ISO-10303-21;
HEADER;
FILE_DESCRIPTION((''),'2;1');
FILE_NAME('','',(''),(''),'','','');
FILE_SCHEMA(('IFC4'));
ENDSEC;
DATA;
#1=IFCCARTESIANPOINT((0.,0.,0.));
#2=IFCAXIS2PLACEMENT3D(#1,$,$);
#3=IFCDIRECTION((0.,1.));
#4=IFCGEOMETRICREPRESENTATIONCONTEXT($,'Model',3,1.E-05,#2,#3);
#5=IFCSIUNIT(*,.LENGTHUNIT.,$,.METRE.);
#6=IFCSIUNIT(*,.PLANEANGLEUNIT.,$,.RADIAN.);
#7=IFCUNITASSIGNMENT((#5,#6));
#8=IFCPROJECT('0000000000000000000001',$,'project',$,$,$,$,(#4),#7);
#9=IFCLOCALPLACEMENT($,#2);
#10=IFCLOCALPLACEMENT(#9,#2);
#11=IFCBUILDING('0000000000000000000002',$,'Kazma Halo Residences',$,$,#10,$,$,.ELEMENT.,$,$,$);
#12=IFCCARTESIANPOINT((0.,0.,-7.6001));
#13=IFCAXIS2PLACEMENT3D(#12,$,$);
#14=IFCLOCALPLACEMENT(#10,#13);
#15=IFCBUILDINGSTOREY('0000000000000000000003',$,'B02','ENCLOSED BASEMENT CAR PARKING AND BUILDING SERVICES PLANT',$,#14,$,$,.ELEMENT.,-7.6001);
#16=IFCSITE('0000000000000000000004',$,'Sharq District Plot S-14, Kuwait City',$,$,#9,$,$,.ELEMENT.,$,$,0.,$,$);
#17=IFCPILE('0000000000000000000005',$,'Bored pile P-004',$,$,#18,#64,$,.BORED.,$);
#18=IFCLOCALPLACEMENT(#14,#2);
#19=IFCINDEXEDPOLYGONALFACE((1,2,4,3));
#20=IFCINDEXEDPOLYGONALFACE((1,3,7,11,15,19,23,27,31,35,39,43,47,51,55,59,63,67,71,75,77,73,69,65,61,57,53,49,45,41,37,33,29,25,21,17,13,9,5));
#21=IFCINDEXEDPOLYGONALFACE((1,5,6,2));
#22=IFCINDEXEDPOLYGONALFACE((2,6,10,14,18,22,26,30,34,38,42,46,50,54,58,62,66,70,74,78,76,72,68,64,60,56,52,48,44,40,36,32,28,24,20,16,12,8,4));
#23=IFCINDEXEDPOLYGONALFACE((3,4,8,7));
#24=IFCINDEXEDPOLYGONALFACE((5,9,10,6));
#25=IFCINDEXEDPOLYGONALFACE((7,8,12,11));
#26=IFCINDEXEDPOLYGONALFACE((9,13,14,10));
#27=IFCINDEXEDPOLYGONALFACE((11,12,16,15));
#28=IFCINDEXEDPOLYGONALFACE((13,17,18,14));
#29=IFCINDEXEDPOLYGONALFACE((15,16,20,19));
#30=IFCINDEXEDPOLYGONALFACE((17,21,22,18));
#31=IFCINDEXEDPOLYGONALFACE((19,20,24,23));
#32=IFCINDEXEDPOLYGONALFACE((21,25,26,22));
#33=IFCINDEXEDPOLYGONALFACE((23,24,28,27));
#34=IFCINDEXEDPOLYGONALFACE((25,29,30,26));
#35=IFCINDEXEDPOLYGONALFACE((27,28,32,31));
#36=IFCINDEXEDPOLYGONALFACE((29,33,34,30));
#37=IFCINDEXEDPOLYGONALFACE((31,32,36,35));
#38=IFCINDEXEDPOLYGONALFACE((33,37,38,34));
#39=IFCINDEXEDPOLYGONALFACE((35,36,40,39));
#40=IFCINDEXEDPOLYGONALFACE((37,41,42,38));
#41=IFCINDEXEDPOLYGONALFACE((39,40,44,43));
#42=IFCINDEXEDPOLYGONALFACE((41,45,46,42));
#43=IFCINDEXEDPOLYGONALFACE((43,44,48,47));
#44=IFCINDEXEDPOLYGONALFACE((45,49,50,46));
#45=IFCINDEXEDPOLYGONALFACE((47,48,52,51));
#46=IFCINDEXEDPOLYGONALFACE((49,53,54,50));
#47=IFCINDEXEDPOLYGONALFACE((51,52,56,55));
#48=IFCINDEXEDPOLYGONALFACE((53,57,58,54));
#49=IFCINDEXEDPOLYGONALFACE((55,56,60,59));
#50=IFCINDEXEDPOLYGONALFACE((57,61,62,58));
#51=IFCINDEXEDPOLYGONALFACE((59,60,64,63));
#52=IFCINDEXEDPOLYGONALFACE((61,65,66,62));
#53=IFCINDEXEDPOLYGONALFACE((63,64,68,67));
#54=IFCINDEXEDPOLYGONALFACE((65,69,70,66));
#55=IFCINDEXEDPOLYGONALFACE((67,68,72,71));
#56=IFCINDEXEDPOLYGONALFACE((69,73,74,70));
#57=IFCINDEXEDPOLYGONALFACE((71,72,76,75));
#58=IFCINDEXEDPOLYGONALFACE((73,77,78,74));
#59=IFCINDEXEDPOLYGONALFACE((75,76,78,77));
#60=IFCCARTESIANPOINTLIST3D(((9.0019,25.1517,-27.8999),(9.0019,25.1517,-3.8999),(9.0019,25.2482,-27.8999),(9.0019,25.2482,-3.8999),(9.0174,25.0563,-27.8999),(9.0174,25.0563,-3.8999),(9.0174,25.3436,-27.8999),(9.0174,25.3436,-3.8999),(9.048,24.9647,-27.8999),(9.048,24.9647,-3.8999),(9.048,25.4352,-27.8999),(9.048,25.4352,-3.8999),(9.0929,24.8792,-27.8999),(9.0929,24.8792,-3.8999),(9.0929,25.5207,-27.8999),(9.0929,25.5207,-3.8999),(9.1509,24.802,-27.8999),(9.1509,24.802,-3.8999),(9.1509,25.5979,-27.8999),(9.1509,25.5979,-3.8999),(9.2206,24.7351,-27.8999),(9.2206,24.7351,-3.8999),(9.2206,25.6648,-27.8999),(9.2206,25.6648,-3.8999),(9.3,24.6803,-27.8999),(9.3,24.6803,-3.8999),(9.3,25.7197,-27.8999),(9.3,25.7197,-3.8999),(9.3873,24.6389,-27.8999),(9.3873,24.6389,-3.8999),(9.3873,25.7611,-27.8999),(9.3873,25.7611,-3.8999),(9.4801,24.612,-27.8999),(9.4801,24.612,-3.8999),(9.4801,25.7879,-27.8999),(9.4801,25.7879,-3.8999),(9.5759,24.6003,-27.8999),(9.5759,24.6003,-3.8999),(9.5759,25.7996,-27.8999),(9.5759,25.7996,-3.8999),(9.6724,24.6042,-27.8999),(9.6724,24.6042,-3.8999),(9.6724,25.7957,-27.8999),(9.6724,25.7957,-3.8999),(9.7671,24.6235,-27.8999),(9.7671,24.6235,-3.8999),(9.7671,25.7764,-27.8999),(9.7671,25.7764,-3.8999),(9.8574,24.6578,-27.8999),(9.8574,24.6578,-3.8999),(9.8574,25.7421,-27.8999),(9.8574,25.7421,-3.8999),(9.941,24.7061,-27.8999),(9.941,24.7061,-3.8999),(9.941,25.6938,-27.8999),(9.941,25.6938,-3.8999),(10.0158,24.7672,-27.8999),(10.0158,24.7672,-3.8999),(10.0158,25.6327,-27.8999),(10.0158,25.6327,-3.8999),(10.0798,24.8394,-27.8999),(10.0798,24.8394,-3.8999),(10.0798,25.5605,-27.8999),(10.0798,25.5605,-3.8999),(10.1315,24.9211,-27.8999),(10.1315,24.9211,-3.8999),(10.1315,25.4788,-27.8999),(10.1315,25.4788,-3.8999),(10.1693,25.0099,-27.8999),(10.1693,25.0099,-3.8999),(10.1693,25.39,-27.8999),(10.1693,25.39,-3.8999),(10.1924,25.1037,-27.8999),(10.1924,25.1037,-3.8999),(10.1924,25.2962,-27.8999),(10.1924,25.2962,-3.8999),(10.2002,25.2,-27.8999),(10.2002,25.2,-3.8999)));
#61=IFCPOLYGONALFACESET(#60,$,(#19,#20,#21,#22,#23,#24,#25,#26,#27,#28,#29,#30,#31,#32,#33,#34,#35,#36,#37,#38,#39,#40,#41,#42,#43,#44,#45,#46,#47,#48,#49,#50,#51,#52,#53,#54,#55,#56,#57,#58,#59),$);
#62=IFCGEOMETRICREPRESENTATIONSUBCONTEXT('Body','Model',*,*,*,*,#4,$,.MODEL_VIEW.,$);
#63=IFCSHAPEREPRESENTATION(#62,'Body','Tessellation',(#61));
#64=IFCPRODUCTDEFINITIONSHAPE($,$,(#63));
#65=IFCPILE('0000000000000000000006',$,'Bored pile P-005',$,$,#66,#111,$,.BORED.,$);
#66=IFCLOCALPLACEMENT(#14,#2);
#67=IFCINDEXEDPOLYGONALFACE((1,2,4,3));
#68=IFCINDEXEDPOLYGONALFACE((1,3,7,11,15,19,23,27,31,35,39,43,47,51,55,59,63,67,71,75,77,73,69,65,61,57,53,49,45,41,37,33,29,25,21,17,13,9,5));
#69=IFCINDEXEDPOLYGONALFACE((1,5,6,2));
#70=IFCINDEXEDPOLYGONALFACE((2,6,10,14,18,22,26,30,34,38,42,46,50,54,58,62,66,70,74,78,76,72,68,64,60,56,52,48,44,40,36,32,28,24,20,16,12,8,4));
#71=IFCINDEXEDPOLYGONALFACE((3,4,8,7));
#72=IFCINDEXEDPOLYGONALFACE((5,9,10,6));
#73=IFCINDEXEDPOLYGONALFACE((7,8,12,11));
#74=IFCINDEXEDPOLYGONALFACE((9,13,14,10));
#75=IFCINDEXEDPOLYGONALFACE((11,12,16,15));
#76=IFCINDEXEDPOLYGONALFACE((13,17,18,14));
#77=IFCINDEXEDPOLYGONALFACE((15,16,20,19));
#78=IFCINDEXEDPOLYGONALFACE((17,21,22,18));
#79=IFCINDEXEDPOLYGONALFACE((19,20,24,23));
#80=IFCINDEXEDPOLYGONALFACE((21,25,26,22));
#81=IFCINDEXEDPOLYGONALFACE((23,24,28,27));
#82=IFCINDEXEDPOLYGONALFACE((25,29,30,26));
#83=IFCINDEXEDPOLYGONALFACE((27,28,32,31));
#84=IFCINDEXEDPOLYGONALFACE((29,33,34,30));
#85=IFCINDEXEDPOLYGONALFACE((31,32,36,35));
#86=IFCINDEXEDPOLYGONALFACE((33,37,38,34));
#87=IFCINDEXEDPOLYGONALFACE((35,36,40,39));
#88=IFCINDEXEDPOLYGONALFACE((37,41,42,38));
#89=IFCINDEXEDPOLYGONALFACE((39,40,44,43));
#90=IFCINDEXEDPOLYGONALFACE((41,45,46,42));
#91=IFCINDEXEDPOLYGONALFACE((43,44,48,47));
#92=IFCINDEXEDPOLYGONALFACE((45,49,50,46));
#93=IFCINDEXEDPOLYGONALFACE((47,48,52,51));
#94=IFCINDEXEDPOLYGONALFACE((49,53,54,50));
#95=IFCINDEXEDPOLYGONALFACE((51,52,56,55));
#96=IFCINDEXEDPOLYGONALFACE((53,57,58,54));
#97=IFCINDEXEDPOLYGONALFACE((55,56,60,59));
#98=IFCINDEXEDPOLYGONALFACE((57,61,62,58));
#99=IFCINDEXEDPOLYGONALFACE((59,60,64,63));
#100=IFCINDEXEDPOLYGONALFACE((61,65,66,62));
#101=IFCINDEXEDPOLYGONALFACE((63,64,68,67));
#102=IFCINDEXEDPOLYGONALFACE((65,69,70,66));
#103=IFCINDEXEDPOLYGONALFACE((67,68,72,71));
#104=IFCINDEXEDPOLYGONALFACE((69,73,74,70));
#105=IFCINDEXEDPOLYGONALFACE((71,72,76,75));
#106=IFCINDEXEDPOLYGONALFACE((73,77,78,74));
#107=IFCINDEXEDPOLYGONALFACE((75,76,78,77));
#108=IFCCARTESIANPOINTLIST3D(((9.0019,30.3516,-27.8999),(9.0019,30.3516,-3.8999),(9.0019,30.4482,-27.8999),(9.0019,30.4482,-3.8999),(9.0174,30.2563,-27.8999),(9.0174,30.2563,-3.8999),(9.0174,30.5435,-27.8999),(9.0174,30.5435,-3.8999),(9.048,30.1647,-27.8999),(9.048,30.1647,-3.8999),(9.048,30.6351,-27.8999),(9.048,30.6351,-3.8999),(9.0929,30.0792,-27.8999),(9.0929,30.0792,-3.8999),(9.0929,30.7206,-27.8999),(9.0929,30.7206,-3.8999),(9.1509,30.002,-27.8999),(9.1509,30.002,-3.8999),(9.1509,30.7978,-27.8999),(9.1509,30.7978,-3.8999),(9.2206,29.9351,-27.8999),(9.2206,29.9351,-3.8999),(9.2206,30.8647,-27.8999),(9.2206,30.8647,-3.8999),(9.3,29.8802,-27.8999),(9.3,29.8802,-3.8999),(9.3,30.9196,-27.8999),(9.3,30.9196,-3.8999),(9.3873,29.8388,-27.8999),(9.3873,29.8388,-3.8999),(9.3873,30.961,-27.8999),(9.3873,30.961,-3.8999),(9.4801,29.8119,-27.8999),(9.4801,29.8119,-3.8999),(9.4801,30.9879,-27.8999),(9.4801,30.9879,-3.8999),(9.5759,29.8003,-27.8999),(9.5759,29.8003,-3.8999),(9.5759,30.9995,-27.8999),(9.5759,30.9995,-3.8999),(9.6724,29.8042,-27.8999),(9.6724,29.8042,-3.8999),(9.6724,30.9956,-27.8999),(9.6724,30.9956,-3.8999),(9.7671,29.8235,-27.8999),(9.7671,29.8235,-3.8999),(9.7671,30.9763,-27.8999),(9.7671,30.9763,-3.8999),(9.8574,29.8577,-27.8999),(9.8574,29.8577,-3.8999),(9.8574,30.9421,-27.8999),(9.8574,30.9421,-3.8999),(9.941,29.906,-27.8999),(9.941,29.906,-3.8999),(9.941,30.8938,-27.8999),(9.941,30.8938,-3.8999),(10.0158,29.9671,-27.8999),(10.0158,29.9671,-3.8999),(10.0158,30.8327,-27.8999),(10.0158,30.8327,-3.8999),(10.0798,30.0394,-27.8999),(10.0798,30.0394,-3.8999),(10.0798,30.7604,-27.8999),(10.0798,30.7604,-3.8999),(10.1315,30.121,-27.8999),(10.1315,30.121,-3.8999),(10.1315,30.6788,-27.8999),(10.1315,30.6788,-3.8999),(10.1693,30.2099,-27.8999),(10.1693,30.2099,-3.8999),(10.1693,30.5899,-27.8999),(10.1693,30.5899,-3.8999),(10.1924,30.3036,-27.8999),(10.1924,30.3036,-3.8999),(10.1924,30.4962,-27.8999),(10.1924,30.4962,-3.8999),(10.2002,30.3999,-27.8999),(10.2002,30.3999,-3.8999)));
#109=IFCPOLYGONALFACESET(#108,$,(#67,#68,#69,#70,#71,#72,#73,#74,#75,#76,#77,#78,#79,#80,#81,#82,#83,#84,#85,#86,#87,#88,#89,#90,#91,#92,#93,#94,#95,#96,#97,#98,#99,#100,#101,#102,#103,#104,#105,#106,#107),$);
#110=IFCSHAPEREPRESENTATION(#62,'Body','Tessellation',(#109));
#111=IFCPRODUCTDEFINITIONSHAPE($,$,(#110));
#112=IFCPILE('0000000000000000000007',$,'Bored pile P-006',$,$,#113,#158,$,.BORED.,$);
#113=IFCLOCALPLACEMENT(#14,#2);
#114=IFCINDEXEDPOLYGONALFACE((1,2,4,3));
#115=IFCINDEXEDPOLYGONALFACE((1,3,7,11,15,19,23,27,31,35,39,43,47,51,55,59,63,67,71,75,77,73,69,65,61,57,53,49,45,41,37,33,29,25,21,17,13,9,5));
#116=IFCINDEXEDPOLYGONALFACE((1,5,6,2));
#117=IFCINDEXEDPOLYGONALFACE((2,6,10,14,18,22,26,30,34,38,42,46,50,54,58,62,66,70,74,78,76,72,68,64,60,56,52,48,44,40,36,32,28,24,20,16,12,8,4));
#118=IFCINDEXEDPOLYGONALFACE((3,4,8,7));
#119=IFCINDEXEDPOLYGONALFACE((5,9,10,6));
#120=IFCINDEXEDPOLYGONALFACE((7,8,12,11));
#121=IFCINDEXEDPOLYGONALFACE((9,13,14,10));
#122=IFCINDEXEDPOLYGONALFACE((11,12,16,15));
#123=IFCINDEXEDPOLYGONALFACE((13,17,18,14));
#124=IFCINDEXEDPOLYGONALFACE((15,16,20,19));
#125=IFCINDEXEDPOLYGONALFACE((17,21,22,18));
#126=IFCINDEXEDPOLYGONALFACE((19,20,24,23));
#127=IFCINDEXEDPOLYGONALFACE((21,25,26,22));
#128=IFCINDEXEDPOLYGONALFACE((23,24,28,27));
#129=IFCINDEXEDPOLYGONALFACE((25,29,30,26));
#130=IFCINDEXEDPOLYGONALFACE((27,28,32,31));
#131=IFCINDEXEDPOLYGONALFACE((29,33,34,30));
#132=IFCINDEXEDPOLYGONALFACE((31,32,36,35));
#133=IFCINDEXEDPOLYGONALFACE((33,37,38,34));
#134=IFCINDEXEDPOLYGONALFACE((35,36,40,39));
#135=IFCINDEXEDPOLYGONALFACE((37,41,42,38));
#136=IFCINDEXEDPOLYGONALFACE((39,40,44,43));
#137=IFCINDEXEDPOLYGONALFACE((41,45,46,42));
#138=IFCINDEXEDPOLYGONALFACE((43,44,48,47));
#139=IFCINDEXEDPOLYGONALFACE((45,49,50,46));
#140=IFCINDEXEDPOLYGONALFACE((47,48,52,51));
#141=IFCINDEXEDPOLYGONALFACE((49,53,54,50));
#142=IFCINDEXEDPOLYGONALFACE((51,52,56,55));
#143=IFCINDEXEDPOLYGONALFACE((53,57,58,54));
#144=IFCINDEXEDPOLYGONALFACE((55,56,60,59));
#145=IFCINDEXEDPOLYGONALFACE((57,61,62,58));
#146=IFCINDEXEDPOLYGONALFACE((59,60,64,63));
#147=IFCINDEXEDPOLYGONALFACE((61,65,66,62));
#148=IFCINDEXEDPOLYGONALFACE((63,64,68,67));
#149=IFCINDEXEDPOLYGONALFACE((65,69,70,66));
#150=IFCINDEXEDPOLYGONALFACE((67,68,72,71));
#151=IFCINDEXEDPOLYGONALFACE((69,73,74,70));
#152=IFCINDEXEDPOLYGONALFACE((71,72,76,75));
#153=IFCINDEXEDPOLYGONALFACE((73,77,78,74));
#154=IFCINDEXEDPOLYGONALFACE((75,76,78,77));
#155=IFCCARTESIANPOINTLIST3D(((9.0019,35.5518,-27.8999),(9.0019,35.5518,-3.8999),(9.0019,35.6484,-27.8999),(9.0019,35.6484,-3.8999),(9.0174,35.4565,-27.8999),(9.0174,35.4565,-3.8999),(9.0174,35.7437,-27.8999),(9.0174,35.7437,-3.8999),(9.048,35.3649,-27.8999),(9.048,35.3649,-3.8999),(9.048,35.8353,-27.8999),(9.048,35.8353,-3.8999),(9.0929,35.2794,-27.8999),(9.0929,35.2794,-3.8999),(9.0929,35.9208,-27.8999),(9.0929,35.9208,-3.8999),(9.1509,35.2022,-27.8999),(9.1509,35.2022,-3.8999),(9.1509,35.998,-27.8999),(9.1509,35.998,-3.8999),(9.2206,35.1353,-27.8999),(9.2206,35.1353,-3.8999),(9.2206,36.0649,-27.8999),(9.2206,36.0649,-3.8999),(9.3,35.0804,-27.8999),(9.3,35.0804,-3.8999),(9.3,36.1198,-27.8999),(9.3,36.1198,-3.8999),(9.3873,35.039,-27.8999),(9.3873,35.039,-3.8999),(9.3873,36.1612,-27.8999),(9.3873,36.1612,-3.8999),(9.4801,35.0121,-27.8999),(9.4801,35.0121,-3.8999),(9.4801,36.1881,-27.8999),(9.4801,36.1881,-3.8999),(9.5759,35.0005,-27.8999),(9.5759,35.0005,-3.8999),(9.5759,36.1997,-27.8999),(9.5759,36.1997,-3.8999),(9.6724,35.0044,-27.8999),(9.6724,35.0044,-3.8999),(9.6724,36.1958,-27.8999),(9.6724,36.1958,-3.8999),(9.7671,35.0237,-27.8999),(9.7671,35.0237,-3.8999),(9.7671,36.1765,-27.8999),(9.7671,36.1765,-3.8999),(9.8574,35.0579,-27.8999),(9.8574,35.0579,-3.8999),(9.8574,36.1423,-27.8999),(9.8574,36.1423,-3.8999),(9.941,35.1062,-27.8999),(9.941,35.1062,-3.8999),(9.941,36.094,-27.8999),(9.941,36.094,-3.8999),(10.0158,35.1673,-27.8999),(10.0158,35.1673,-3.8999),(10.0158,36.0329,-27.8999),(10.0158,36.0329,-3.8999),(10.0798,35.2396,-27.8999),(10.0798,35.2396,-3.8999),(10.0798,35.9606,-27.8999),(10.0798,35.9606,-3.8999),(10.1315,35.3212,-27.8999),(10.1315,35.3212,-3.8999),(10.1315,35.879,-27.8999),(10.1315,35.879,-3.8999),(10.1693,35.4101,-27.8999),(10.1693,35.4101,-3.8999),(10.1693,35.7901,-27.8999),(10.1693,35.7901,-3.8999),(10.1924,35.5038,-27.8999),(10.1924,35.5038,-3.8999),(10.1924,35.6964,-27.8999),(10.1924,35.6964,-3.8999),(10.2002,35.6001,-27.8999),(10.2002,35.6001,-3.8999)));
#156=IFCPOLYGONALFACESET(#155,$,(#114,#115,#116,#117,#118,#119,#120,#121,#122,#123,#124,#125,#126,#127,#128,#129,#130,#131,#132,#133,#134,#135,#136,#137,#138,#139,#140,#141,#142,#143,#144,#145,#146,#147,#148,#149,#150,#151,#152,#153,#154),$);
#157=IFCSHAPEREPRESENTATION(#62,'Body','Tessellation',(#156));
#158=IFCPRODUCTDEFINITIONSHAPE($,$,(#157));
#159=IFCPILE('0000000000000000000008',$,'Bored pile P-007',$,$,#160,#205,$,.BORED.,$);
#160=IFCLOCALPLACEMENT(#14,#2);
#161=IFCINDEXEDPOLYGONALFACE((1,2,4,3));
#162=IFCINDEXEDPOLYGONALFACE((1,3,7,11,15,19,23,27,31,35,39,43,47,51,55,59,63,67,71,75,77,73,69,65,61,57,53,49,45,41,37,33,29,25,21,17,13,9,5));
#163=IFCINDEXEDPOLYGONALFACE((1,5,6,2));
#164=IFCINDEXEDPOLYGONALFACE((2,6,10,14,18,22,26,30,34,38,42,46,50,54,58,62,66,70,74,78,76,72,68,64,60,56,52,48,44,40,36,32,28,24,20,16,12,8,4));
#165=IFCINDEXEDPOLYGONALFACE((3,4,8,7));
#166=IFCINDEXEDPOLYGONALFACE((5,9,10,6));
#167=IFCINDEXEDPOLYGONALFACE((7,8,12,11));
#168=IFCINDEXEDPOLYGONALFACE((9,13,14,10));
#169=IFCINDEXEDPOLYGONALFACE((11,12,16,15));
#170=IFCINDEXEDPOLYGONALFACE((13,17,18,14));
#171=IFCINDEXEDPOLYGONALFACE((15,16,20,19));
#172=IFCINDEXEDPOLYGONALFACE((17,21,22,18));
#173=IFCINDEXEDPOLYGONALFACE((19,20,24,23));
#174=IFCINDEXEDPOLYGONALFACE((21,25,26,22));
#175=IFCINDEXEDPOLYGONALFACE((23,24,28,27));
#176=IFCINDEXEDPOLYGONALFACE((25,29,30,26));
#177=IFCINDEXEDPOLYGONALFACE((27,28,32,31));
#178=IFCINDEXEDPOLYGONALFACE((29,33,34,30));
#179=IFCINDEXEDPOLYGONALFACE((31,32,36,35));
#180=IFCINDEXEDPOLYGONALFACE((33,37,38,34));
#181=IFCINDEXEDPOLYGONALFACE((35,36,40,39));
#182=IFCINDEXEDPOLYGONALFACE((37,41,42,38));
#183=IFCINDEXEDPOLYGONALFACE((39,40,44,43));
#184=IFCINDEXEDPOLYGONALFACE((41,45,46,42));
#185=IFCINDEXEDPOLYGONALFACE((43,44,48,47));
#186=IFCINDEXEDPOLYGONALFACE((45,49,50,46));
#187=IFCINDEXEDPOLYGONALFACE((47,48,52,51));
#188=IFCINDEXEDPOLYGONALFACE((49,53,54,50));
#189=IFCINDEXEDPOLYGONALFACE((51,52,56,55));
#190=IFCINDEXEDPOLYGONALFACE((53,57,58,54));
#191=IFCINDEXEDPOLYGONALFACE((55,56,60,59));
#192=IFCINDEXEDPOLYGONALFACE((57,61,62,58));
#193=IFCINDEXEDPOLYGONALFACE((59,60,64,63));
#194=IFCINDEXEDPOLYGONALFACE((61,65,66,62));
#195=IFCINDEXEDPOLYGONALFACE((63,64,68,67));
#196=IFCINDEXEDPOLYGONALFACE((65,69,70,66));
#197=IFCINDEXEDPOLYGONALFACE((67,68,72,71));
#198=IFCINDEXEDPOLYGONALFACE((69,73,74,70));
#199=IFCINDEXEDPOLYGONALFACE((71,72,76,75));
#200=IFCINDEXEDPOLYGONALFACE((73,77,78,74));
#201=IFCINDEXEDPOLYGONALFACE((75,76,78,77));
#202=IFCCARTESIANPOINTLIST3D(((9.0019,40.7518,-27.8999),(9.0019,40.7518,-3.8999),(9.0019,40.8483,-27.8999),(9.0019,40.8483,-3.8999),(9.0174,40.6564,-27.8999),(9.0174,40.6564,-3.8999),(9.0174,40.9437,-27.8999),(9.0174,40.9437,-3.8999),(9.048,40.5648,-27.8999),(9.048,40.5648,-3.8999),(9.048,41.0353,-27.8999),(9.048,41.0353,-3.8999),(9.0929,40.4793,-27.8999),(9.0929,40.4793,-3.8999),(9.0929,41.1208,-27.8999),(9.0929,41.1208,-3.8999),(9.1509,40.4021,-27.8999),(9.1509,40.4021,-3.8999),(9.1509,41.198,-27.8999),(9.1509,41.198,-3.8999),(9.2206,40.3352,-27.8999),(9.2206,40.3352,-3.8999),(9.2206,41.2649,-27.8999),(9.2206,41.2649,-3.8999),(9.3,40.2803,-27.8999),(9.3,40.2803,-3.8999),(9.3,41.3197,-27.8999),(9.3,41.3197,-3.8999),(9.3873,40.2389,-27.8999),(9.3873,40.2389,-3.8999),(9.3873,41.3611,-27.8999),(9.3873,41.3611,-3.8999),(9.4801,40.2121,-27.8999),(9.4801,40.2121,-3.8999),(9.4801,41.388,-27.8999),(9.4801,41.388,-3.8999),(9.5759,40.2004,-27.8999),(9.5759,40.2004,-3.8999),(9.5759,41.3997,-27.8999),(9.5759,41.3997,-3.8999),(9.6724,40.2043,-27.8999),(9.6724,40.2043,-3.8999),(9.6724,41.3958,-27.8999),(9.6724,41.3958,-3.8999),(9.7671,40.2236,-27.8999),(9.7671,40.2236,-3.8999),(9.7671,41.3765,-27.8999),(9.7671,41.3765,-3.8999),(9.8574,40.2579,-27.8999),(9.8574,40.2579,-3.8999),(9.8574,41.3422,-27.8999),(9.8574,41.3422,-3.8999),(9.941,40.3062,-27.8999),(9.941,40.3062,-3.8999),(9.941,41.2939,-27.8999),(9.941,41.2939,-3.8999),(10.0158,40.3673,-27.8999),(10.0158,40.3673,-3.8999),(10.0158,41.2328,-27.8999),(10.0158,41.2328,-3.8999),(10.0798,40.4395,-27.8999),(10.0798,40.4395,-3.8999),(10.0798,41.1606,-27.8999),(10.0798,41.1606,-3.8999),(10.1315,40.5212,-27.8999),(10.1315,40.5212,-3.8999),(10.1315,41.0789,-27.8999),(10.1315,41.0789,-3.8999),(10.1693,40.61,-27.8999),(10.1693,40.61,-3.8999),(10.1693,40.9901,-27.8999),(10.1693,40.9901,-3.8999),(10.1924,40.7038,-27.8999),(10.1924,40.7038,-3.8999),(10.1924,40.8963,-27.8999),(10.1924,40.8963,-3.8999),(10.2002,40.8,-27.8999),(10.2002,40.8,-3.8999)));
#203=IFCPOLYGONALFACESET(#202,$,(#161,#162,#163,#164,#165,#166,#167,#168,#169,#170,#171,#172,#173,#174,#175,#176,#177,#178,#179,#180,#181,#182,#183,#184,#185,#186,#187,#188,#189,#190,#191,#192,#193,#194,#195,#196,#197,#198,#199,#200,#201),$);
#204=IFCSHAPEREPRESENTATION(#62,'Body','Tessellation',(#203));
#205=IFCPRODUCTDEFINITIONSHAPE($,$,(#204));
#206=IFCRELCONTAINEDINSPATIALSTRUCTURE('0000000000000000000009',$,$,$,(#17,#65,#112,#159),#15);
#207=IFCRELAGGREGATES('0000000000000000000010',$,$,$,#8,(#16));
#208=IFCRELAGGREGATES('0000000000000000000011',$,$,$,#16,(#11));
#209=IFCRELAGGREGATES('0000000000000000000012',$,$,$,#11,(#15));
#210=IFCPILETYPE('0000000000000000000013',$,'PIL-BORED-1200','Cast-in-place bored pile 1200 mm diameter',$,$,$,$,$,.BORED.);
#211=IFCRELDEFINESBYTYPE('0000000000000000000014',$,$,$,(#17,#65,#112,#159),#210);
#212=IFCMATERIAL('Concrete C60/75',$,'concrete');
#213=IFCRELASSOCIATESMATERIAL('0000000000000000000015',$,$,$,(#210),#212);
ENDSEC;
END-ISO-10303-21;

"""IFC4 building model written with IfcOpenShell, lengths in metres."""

from ifc_helpers import new_model, si_unit, direction, frame, origin, origin_2d, place, context, subcontext, project, spatial, circle, extrude, material, material_profile, profile_set, type_object, element, save


model = new_model("IFC4")

# Units and contexts
model_context = context("Model", 3, precision=1e-05, world=origin(), true_north=direction((0.0, 1.0)))
body_context = subcontext(model_context, "Body", "Model", "MODEL_VIEW")
ifc_project = project(units=[si_unit("LENGTHUNIT", "METRE"), si_unit("PLANEANGLEUNIT", "RADIAN")], contexts=[model_context])

# Site, building, storey
site_placement = place(None, origin())
site = spatial("IfcSite", under=ifc_project, at=site_placement, Name="Sharq District Plot S-14, Kuwait City", CompositionType="ELEMENT", RefElevation=0.0)
building_placement = place(site_placement, origin())
building = spatial("IfcBuilding", under=site, at=building_placement, Name="Kazma Halo Residences", CompositionType="ELEMENT")
storey_placement = place(building_placement, frame((0.0, 0.0, -7.6001)))
storey = spatial("IfcBuildingStorey", under=building, at=storey_placement, Name="B02", Description="ENCLOSED BASEMENT CAR PARKING AND BUILDING SERVICES PLANT", CompositionType="ELEMENT", Elevation=-7.6001)

# Piles
ifc_material_1 = material(Name="Concrete C60/75", Category="concrete")
ifc_material_profile_1 = material_profile(ifc_material_1, circle(Radius=0.6001, at=origin_2d()), Name="CIRC1200")
ifc_profile_set_1 = profile_set([ifc_material_profile_1], Name="Concrete C60/75")
pile_type = type_object("IfcPileType", Name="PIL-BORED-1200", Description="Cast-in-place bored pile 1200 mm diameter", PredefinedType="BORED", material=ifc_profile_set_1)
for number, where, z_axis, x_axis, name in (
    (1, (9.6001, 25.2, -3.8999), (0.0, 0.0, -1.0), (1.0, 0.0, 0.0), "Bored pile P-004"),
    (2, (9.6001, 30.3999, -3.8999), (0.0, 0.0, -1.0), (1.0, 0.0, 0.0), "Bored pile P-005"),
    (3, (9.6001, 35.6001, -3.8999), (0.0, 0.0, -1.0), (1.0, 0.0, 0.0), "Bored pile P-006"),
    (4, (9.6001, 40.8, -3.8999), (0.0, 0.0, -1.0), (1.0, 0.0, 0.0), "Bored pile P-007"),
):
    element("IfcPile", number, at=place(storey_placement, frame(where, z_axis=z_axis, x_axis=x_axis)), inside=storey, type_object=pile_type, Name=name, PredefinedType="BORED", context=body_context, shape_type="SweptSolid", body=[
        extrude(circle(Radius=0.6001, at=origin_2d()), origin(), (0.0, 0.0, 1.0), 24.0),
    ])

save(model, "model.ifc")
